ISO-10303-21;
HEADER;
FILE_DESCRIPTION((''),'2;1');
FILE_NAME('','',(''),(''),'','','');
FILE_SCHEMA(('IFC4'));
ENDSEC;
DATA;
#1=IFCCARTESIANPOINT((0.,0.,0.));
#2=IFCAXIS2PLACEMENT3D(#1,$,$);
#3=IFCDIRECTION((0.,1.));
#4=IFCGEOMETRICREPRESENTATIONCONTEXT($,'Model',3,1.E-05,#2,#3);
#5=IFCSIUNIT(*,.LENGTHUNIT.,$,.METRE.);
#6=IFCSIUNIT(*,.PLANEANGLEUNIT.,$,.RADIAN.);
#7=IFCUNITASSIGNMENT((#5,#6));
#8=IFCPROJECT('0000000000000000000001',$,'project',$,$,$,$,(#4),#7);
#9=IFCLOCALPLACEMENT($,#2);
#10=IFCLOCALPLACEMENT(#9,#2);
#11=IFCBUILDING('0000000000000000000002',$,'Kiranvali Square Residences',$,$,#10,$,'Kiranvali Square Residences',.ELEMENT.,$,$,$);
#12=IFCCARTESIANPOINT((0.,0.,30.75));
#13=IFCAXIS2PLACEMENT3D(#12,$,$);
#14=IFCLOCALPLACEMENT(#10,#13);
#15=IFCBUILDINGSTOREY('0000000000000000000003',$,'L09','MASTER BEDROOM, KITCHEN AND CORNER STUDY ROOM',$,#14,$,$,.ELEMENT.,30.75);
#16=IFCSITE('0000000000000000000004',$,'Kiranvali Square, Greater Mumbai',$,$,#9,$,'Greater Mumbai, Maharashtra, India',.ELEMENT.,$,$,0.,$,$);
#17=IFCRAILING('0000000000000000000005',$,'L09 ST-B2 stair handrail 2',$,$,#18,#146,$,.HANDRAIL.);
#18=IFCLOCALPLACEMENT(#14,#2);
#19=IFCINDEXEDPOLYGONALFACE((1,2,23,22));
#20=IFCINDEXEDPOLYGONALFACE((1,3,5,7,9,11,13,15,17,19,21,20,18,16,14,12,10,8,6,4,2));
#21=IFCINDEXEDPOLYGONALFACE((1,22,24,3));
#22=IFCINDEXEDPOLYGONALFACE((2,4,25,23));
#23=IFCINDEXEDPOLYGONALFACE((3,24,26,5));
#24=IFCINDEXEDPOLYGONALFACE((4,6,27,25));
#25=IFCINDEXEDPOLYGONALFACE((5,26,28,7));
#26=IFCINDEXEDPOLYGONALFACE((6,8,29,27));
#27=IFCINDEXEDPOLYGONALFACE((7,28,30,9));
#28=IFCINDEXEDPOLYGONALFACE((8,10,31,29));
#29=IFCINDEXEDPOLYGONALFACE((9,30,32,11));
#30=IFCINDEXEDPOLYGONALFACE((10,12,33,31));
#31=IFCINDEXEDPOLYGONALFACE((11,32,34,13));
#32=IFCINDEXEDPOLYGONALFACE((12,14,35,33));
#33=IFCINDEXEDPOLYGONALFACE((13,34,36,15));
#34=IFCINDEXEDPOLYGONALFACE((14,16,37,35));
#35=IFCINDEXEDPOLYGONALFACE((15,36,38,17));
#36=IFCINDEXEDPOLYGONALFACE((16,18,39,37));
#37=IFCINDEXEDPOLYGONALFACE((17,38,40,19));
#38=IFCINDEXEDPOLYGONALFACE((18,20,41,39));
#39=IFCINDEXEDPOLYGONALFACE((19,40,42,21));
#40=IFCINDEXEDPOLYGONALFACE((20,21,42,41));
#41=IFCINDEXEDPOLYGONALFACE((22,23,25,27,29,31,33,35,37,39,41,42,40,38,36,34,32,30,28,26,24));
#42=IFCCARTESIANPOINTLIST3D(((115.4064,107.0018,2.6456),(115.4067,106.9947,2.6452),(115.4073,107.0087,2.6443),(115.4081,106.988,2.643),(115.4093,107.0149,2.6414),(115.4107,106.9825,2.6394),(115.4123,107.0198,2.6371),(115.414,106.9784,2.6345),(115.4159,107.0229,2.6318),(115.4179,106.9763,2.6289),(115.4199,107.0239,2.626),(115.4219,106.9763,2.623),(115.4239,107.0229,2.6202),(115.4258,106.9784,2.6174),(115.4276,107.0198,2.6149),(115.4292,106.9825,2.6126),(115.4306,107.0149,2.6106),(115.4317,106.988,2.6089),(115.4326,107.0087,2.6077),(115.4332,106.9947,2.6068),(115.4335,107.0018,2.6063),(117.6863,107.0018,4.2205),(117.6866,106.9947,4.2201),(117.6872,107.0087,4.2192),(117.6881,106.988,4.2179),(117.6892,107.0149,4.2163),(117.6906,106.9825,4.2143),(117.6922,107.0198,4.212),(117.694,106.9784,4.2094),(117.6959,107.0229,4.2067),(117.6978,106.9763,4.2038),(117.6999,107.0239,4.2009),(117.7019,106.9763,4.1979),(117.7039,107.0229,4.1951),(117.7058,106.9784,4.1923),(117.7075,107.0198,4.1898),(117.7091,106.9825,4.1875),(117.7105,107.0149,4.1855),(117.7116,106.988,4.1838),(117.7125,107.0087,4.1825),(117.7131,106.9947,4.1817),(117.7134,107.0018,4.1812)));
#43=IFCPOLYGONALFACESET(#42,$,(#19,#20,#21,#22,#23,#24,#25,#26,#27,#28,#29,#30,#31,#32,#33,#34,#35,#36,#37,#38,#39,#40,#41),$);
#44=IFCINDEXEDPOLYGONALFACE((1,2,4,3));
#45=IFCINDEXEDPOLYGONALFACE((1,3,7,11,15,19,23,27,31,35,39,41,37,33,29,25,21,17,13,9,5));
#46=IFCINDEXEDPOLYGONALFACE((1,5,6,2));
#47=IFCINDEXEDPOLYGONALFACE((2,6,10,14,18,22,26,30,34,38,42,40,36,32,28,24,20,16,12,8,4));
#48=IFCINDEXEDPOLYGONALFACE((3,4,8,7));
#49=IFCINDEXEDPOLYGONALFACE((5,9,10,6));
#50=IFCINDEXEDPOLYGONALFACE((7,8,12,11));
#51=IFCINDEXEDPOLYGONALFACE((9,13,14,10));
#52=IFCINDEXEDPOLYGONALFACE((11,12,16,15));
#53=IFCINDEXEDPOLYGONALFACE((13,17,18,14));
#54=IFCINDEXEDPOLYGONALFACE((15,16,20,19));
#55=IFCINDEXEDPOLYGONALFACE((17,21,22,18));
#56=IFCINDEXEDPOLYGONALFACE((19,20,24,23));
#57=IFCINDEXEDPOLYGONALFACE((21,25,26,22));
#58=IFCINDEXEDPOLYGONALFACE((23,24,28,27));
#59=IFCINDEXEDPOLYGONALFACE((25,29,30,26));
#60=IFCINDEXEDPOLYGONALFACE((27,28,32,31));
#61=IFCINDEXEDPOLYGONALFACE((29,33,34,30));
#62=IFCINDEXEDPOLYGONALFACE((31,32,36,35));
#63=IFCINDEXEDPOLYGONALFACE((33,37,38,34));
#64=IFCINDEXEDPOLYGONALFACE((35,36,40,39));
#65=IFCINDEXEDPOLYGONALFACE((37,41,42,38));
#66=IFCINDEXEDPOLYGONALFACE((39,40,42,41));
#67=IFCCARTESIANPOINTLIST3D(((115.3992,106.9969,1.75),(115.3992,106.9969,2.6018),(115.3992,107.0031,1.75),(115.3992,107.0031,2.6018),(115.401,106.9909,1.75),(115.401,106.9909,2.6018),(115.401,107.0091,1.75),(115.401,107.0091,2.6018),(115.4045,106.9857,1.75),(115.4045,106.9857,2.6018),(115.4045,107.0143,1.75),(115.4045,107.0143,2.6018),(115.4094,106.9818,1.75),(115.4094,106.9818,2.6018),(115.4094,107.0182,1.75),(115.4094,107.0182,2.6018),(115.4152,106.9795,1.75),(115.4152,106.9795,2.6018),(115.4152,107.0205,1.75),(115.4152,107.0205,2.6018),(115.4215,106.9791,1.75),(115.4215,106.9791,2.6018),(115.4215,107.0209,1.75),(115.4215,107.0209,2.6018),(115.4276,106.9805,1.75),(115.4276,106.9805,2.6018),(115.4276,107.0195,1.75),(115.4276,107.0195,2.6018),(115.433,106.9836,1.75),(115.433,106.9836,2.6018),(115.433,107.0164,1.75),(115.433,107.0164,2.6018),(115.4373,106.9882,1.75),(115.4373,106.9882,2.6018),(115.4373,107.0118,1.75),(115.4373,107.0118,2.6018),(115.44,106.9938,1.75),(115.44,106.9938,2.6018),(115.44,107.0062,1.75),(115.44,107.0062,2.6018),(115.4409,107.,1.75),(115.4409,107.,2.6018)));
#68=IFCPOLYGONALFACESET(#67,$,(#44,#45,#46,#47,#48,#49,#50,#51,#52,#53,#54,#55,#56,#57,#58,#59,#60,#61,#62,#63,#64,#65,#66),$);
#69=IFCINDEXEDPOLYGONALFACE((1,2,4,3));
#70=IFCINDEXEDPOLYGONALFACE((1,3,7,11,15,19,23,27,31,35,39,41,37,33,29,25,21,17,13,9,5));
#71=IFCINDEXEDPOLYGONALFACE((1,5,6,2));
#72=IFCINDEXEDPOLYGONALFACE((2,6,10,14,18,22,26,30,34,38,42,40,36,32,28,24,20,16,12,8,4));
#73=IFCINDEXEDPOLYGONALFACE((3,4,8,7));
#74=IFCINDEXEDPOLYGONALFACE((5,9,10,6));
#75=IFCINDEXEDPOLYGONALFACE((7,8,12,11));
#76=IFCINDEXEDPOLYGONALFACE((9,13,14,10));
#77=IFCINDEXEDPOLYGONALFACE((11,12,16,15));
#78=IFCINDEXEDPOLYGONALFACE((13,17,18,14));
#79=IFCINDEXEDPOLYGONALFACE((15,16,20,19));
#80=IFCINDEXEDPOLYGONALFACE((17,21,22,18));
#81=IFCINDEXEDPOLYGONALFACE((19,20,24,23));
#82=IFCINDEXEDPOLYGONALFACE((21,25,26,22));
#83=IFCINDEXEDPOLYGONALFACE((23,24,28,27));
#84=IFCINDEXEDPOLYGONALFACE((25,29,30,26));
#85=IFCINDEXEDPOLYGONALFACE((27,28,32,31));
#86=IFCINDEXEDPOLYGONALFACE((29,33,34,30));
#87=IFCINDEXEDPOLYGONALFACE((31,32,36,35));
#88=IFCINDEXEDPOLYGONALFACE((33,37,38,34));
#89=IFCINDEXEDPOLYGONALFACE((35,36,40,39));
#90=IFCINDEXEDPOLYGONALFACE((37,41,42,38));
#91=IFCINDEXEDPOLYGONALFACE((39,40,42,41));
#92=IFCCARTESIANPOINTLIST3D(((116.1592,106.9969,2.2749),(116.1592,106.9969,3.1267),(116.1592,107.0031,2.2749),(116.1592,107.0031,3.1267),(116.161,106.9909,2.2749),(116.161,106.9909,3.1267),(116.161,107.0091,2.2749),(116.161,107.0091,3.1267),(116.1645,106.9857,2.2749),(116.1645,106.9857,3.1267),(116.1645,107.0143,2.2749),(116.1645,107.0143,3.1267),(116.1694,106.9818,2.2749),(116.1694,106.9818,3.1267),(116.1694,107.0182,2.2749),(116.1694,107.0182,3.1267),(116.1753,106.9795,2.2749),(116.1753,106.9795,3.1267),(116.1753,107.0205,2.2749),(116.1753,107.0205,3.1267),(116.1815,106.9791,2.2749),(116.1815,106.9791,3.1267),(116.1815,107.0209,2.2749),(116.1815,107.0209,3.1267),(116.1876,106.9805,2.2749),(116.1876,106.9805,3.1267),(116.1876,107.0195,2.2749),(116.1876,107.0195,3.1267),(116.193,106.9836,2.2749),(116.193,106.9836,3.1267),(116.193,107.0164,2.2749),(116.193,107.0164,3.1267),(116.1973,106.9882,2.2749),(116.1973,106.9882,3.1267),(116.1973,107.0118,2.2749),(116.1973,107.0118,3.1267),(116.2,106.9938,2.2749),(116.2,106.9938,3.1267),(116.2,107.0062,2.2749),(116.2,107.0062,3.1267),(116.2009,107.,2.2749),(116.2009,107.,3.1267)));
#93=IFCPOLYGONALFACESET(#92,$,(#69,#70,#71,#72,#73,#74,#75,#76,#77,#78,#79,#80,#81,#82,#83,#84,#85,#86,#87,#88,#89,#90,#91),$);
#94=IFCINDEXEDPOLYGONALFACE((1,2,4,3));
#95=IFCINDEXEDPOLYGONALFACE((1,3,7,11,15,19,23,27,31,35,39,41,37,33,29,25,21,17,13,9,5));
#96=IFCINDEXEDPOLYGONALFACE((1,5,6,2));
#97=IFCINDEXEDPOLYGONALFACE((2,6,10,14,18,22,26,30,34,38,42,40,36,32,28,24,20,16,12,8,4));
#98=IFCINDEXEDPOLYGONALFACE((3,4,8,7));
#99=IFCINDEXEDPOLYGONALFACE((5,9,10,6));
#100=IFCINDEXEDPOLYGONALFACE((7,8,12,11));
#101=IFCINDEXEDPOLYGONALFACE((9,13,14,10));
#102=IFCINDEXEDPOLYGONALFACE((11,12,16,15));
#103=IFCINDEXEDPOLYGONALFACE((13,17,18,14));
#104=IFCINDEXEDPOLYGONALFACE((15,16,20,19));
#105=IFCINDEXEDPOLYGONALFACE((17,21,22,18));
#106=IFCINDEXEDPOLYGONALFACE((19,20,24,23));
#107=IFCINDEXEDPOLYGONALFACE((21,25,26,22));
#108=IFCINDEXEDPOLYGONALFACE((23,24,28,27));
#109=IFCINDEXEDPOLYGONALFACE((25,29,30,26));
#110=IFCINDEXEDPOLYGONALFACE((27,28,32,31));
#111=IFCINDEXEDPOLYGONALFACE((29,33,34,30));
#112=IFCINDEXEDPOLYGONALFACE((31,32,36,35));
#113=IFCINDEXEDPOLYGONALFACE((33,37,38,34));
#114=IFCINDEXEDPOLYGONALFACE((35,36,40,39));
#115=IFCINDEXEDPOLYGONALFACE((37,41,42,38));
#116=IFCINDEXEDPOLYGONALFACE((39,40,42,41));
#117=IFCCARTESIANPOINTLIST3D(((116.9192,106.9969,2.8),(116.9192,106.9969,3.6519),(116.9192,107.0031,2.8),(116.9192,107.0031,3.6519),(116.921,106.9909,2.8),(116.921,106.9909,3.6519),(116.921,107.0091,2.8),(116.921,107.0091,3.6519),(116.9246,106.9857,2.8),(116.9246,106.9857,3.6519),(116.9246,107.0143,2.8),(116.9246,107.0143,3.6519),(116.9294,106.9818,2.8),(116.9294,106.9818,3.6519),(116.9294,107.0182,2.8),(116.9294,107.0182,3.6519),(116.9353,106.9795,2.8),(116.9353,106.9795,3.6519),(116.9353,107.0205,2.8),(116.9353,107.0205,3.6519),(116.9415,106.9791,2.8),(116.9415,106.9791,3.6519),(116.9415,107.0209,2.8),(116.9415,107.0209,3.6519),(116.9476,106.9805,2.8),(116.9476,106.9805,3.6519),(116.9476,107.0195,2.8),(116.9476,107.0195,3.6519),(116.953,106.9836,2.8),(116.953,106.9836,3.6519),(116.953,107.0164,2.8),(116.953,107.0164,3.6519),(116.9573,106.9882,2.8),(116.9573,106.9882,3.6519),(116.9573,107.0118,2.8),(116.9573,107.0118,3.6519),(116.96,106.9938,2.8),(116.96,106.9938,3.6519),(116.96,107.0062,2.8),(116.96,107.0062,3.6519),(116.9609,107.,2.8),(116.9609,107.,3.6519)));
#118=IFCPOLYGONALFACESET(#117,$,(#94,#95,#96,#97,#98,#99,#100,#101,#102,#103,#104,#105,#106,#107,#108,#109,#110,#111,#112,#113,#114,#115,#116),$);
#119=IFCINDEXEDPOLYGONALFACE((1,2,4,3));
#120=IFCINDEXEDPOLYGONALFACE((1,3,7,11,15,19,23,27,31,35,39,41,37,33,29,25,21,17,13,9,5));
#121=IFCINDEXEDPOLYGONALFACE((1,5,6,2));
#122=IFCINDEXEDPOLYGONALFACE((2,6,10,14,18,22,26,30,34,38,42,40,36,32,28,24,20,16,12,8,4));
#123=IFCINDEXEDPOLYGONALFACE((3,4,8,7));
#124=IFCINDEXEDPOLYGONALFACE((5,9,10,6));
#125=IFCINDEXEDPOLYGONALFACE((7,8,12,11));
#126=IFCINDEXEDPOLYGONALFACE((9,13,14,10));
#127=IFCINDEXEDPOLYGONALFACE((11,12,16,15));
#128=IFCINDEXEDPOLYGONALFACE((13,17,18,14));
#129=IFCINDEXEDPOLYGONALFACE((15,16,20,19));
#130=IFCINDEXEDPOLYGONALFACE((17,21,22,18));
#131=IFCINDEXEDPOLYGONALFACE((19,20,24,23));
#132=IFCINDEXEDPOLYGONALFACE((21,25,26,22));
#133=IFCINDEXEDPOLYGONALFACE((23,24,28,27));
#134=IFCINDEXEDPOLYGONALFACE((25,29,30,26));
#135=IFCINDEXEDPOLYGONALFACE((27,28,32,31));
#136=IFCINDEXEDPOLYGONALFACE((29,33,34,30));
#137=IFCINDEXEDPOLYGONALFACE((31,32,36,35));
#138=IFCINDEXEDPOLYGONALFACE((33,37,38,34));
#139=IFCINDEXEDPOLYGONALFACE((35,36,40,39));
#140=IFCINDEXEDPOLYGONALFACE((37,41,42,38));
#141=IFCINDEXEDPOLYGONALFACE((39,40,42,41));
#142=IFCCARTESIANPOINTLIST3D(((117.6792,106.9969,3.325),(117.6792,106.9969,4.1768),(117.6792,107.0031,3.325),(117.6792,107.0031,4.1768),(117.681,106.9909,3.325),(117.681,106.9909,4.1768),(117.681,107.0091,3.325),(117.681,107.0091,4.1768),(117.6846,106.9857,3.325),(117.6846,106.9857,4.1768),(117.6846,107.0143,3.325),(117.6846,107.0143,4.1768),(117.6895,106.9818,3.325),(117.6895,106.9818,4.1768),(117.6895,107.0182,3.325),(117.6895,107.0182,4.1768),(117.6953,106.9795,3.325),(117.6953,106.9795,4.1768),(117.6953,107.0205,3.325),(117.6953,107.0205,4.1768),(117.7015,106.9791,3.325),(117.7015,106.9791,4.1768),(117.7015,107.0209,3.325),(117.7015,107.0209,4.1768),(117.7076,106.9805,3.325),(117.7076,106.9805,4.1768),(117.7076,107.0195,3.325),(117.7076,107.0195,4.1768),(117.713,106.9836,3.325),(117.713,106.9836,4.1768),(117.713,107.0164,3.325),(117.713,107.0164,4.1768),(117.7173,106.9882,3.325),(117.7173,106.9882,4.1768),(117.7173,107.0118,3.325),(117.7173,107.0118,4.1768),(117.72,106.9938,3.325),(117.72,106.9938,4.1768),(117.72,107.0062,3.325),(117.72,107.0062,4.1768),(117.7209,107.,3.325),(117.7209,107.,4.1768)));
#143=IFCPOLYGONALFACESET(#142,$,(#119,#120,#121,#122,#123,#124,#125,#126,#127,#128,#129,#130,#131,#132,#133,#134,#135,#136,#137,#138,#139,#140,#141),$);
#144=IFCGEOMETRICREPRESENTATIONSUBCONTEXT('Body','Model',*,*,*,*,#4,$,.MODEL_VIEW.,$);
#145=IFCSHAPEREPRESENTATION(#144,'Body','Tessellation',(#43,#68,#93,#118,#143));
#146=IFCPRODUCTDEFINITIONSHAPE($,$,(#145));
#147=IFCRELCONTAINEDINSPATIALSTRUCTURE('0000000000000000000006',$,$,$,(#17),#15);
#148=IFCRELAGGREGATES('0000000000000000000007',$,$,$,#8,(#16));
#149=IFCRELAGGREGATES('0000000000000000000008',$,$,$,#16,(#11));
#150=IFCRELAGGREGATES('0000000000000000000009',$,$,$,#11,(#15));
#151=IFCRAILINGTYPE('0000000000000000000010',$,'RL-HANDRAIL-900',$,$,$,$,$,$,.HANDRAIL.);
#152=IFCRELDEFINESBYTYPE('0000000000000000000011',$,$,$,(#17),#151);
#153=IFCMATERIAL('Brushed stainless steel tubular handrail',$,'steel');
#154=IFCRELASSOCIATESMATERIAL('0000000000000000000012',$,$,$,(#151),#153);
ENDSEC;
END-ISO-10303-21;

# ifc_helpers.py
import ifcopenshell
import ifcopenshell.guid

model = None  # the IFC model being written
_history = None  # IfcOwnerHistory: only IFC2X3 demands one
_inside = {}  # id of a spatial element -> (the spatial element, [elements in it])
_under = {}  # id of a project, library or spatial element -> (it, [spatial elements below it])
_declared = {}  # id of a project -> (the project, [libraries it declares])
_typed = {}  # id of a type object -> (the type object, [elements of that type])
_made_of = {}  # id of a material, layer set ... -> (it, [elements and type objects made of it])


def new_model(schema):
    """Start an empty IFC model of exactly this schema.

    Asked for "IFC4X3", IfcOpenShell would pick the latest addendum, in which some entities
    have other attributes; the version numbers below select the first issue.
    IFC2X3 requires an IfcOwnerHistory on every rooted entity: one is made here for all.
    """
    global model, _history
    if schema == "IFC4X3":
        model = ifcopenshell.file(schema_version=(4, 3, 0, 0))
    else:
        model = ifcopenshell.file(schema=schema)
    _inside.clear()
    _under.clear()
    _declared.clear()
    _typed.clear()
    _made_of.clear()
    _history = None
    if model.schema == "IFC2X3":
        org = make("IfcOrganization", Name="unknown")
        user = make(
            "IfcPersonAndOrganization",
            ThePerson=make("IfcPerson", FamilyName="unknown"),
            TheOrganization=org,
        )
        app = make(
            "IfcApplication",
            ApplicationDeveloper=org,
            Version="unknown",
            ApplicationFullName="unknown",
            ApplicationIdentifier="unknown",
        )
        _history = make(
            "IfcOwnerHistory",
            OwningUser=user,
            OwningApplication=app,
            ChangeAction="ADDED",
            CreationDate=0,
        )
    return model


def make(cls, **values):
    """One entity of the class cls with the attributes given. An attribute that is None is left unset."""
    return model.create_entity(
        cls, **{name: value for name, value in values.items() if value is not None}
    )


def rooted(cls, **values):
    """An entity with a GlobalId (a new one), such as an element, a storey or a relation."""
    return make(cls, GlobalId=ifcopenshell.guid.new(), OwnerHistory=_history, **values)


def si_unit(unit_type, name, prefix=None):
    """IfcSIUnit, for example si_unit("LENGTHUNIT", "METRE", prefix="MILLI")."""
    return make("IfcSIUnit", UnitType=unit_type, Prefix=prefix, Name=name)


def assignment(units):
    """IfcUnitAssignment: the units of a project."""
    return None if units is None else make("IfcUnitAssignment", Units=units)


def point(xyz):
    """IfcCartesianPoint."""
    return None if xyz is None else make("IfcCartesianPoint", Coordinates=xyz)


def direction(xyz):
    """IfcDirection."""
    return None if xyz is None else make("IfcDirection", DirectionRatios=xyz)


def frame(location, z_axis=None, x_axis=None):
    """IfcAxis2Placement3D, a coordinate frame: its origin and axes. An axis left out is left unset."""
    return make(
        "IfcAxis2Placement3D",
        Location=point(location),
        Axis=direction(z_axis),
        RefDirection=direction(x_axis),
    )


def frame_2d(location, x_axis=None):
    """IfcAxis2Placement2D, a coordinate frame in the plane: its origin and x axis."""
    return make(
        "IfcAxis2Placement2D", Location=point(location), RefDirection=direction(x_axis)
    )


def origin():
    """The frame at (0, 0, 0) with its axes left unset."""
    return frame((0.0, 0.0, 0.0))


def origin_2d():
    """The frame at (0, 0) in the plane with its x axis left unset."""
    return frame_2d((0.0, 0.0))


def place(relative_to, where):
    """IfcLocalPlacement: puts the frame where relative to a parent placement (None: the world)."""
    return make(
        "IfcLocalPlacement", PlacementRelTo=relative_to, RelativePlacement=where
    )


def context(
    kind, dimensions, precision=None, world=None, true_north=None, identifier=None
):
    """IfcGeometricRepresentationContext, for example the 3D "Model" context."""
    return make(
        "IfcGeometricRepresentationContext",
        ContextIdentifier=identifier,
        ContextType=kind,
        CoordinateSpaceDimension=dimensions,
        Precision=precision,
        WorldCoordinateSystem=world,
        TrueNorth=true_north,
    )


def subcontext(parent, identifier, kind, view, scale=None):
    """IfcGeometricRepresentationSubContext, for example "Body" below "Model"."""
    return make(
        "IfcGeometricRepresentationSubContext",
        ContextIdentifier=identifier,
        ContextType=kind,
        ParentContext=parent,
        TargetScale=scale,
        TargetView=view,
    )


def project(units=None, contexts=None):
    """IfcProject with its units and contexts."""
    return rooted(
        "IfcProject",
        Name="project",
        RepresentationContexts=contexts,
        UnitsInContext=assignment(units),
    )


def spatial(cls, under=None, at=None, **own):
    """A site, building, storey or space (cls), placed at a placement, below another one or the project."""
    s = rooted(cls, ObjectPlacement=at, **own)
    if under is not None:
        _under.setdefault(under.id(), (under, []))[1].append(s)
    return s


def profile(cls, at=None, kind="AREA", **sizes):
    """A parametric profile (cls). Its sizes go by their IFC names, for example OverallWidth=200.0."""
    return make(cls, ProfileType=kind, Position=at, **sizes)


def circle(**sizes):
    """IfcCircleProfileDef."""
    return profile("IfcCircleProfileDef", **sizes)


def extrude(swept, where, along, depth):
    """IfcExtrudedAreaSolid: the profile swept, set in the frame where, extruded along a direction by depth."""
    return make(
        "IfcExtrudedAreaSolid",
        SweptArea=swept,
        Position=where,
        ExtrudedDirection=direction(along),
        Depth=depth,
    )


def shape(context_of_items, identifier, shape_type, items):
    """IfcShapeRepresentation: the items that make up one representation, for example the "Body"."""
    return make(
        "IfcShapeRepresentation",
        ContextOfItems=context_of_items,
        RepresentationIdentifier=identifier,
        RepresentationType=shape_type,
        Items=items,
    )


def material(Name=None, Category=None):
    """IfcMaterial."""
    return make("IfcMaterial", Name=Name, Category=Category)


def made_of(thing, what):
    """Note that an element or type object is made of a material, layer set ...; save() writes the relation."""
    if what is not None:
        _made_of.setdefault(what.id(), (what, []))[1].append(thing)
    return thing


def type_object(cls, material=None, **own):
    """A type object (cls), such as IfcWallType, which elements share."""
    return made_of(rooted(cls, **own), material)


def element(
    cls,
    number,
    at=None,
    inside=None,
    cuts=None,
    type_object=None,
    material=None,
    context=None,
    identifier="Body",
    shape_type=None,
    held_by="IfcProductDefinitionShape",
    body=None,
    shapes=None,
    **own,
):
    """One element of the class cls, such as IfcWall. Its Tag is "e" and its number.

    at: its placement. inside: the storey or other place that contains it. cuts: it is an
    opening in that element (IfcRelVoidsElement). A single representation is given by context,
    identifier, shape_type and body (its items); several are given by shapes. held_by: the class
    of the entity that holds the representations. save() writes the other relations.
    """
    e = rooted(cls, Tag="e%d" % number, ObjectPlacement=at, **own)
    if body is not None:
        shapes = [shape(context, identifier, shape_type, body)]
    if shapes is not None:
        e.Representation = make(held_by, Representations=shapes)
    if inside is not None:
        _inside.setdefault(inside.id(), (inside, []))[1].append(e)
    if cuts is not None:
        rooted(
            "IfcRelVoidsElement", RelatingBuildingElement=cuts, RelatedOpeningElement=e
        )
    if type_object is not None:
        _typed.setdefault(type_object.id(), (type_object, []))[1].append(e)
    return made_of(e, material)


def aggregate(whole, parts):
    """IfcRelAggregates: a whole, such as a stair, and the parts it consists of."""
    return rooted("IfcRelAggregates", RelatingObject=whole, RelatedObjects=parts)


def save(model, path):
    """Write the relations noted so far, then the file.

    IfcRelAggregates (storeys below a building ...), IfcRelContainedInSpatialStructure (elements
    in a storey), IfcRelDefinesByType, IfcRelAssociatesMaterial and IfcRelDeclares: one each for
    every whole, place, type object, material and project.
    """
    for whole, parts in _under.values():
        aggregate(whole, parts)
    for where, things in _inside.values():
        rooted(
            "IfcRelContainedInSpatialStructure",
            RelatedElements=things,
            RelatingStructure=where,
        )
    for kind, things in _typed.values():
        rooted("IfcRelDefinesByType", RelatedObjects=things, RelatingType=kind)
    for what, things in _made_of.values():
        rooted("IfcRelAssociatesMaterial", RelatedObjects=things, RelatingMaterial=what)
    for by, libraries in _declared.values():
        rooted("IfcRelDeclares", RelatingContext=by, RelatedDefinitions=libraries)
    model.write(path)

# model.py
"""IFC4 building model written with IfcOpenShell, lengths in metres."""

from ifc_helpers import new_model, si_unit, direction, frame, origin, origin_2d, place, context, subcontext, project, spatial, circle, extrude, material, type_object, element, save


model = new_model("IFC4")

# Units and contexts
model_context = context("Model", 3, precision=1e-05, world=origin(), true_north=direction((0.0, 1.0)))
body_context = subcontext(model_context, "Body", "Model", "MODEL_VIEW")
ifc_project = project(units=[si_unit("LENGTHUNIT", "METRE"), si_unit("PLANEANGLEUNIT", "RADIAN")], contexts=[model_context])

# Site, building, storey
site_placement = place(None, origin())
site = spatial("IfcSite", under=ifc_project, at=site_placement, Name="Kiranvali Square, Greater Mumbai", LongName="Greater Mumbai, Maharashtra, India", CompositionType="ELEMENT", RefElevation=0.0)
building_placement = place(site_placement, origin())
building = spatial("IfcBuilding", under=site, at=building_placement, Name="Kiranvali Square Residences", LongName="Kiranvali Square Residences", CompositionType="ELEMENT")
storey_placement = place(building_placement, frame((0.0, 0.0, 30.75)))
storey = spatial("IfcBuildingStorey", under=building, at=storey_placement, Name="L09", Description="MASTER BEDROOM, KITCHEN AND CORNER STUDY ROOM", CompositionType="ELEMENT", Elevation=30.75)

# Railing
ifc_material_1 = material(Name="Brushed stainless steel tubular handrail", Category="steel")
railing_type_1 = type_object("IfcRailingType", Name="RL-HANDRAIL-900", PredefinedType="HANDRAIL", material=ifc_material_1)
railing_1_placement = place(storey_placement, frame((115.4199, 107.0, 1.75)))
element("IfcRailing", 1, at=railing_1_placement, inside=storey, type_object=railing_type_1, Name="L09 ST-B2 stair handrail 2", PredefinedType="HANDRAIL", context=body_context, shape_type="SweptSolid", body=[
    extrude(circle(Radius=0.0239, at=origin_2d()), frame((0.0, 0.0, 0.876), z_axis=(0.822788, 0.0, 0.568348), x_axis=(0.0, 1.0, 0.0)), (0.0, 0.0, 1.0), 2.771),
    extrude(circle(Radius=0.021, at=origin_2d()), origin(), (0.0, 0.0, 1.0), 0.8518),
    extrude(circle(Radius=0.021, at=origin_2d()), frame((0.76, 0.0, 0.5249)), (0.0, 0.0, 1.0), 0.8518),
    extrude(circle(Radius=0.021, at=origin_2d()), frame((1.52, 0.0, 1.05)), (0.0, 0.0, 1.0), 0.8518),
    extrude(circle(Radius=0.021, at=origin_2d()), frame((2.28, 0.0, 1.575)), (0.0, 0.0, 1.0), 0.8518),
])

save(model, "model.ifc")
